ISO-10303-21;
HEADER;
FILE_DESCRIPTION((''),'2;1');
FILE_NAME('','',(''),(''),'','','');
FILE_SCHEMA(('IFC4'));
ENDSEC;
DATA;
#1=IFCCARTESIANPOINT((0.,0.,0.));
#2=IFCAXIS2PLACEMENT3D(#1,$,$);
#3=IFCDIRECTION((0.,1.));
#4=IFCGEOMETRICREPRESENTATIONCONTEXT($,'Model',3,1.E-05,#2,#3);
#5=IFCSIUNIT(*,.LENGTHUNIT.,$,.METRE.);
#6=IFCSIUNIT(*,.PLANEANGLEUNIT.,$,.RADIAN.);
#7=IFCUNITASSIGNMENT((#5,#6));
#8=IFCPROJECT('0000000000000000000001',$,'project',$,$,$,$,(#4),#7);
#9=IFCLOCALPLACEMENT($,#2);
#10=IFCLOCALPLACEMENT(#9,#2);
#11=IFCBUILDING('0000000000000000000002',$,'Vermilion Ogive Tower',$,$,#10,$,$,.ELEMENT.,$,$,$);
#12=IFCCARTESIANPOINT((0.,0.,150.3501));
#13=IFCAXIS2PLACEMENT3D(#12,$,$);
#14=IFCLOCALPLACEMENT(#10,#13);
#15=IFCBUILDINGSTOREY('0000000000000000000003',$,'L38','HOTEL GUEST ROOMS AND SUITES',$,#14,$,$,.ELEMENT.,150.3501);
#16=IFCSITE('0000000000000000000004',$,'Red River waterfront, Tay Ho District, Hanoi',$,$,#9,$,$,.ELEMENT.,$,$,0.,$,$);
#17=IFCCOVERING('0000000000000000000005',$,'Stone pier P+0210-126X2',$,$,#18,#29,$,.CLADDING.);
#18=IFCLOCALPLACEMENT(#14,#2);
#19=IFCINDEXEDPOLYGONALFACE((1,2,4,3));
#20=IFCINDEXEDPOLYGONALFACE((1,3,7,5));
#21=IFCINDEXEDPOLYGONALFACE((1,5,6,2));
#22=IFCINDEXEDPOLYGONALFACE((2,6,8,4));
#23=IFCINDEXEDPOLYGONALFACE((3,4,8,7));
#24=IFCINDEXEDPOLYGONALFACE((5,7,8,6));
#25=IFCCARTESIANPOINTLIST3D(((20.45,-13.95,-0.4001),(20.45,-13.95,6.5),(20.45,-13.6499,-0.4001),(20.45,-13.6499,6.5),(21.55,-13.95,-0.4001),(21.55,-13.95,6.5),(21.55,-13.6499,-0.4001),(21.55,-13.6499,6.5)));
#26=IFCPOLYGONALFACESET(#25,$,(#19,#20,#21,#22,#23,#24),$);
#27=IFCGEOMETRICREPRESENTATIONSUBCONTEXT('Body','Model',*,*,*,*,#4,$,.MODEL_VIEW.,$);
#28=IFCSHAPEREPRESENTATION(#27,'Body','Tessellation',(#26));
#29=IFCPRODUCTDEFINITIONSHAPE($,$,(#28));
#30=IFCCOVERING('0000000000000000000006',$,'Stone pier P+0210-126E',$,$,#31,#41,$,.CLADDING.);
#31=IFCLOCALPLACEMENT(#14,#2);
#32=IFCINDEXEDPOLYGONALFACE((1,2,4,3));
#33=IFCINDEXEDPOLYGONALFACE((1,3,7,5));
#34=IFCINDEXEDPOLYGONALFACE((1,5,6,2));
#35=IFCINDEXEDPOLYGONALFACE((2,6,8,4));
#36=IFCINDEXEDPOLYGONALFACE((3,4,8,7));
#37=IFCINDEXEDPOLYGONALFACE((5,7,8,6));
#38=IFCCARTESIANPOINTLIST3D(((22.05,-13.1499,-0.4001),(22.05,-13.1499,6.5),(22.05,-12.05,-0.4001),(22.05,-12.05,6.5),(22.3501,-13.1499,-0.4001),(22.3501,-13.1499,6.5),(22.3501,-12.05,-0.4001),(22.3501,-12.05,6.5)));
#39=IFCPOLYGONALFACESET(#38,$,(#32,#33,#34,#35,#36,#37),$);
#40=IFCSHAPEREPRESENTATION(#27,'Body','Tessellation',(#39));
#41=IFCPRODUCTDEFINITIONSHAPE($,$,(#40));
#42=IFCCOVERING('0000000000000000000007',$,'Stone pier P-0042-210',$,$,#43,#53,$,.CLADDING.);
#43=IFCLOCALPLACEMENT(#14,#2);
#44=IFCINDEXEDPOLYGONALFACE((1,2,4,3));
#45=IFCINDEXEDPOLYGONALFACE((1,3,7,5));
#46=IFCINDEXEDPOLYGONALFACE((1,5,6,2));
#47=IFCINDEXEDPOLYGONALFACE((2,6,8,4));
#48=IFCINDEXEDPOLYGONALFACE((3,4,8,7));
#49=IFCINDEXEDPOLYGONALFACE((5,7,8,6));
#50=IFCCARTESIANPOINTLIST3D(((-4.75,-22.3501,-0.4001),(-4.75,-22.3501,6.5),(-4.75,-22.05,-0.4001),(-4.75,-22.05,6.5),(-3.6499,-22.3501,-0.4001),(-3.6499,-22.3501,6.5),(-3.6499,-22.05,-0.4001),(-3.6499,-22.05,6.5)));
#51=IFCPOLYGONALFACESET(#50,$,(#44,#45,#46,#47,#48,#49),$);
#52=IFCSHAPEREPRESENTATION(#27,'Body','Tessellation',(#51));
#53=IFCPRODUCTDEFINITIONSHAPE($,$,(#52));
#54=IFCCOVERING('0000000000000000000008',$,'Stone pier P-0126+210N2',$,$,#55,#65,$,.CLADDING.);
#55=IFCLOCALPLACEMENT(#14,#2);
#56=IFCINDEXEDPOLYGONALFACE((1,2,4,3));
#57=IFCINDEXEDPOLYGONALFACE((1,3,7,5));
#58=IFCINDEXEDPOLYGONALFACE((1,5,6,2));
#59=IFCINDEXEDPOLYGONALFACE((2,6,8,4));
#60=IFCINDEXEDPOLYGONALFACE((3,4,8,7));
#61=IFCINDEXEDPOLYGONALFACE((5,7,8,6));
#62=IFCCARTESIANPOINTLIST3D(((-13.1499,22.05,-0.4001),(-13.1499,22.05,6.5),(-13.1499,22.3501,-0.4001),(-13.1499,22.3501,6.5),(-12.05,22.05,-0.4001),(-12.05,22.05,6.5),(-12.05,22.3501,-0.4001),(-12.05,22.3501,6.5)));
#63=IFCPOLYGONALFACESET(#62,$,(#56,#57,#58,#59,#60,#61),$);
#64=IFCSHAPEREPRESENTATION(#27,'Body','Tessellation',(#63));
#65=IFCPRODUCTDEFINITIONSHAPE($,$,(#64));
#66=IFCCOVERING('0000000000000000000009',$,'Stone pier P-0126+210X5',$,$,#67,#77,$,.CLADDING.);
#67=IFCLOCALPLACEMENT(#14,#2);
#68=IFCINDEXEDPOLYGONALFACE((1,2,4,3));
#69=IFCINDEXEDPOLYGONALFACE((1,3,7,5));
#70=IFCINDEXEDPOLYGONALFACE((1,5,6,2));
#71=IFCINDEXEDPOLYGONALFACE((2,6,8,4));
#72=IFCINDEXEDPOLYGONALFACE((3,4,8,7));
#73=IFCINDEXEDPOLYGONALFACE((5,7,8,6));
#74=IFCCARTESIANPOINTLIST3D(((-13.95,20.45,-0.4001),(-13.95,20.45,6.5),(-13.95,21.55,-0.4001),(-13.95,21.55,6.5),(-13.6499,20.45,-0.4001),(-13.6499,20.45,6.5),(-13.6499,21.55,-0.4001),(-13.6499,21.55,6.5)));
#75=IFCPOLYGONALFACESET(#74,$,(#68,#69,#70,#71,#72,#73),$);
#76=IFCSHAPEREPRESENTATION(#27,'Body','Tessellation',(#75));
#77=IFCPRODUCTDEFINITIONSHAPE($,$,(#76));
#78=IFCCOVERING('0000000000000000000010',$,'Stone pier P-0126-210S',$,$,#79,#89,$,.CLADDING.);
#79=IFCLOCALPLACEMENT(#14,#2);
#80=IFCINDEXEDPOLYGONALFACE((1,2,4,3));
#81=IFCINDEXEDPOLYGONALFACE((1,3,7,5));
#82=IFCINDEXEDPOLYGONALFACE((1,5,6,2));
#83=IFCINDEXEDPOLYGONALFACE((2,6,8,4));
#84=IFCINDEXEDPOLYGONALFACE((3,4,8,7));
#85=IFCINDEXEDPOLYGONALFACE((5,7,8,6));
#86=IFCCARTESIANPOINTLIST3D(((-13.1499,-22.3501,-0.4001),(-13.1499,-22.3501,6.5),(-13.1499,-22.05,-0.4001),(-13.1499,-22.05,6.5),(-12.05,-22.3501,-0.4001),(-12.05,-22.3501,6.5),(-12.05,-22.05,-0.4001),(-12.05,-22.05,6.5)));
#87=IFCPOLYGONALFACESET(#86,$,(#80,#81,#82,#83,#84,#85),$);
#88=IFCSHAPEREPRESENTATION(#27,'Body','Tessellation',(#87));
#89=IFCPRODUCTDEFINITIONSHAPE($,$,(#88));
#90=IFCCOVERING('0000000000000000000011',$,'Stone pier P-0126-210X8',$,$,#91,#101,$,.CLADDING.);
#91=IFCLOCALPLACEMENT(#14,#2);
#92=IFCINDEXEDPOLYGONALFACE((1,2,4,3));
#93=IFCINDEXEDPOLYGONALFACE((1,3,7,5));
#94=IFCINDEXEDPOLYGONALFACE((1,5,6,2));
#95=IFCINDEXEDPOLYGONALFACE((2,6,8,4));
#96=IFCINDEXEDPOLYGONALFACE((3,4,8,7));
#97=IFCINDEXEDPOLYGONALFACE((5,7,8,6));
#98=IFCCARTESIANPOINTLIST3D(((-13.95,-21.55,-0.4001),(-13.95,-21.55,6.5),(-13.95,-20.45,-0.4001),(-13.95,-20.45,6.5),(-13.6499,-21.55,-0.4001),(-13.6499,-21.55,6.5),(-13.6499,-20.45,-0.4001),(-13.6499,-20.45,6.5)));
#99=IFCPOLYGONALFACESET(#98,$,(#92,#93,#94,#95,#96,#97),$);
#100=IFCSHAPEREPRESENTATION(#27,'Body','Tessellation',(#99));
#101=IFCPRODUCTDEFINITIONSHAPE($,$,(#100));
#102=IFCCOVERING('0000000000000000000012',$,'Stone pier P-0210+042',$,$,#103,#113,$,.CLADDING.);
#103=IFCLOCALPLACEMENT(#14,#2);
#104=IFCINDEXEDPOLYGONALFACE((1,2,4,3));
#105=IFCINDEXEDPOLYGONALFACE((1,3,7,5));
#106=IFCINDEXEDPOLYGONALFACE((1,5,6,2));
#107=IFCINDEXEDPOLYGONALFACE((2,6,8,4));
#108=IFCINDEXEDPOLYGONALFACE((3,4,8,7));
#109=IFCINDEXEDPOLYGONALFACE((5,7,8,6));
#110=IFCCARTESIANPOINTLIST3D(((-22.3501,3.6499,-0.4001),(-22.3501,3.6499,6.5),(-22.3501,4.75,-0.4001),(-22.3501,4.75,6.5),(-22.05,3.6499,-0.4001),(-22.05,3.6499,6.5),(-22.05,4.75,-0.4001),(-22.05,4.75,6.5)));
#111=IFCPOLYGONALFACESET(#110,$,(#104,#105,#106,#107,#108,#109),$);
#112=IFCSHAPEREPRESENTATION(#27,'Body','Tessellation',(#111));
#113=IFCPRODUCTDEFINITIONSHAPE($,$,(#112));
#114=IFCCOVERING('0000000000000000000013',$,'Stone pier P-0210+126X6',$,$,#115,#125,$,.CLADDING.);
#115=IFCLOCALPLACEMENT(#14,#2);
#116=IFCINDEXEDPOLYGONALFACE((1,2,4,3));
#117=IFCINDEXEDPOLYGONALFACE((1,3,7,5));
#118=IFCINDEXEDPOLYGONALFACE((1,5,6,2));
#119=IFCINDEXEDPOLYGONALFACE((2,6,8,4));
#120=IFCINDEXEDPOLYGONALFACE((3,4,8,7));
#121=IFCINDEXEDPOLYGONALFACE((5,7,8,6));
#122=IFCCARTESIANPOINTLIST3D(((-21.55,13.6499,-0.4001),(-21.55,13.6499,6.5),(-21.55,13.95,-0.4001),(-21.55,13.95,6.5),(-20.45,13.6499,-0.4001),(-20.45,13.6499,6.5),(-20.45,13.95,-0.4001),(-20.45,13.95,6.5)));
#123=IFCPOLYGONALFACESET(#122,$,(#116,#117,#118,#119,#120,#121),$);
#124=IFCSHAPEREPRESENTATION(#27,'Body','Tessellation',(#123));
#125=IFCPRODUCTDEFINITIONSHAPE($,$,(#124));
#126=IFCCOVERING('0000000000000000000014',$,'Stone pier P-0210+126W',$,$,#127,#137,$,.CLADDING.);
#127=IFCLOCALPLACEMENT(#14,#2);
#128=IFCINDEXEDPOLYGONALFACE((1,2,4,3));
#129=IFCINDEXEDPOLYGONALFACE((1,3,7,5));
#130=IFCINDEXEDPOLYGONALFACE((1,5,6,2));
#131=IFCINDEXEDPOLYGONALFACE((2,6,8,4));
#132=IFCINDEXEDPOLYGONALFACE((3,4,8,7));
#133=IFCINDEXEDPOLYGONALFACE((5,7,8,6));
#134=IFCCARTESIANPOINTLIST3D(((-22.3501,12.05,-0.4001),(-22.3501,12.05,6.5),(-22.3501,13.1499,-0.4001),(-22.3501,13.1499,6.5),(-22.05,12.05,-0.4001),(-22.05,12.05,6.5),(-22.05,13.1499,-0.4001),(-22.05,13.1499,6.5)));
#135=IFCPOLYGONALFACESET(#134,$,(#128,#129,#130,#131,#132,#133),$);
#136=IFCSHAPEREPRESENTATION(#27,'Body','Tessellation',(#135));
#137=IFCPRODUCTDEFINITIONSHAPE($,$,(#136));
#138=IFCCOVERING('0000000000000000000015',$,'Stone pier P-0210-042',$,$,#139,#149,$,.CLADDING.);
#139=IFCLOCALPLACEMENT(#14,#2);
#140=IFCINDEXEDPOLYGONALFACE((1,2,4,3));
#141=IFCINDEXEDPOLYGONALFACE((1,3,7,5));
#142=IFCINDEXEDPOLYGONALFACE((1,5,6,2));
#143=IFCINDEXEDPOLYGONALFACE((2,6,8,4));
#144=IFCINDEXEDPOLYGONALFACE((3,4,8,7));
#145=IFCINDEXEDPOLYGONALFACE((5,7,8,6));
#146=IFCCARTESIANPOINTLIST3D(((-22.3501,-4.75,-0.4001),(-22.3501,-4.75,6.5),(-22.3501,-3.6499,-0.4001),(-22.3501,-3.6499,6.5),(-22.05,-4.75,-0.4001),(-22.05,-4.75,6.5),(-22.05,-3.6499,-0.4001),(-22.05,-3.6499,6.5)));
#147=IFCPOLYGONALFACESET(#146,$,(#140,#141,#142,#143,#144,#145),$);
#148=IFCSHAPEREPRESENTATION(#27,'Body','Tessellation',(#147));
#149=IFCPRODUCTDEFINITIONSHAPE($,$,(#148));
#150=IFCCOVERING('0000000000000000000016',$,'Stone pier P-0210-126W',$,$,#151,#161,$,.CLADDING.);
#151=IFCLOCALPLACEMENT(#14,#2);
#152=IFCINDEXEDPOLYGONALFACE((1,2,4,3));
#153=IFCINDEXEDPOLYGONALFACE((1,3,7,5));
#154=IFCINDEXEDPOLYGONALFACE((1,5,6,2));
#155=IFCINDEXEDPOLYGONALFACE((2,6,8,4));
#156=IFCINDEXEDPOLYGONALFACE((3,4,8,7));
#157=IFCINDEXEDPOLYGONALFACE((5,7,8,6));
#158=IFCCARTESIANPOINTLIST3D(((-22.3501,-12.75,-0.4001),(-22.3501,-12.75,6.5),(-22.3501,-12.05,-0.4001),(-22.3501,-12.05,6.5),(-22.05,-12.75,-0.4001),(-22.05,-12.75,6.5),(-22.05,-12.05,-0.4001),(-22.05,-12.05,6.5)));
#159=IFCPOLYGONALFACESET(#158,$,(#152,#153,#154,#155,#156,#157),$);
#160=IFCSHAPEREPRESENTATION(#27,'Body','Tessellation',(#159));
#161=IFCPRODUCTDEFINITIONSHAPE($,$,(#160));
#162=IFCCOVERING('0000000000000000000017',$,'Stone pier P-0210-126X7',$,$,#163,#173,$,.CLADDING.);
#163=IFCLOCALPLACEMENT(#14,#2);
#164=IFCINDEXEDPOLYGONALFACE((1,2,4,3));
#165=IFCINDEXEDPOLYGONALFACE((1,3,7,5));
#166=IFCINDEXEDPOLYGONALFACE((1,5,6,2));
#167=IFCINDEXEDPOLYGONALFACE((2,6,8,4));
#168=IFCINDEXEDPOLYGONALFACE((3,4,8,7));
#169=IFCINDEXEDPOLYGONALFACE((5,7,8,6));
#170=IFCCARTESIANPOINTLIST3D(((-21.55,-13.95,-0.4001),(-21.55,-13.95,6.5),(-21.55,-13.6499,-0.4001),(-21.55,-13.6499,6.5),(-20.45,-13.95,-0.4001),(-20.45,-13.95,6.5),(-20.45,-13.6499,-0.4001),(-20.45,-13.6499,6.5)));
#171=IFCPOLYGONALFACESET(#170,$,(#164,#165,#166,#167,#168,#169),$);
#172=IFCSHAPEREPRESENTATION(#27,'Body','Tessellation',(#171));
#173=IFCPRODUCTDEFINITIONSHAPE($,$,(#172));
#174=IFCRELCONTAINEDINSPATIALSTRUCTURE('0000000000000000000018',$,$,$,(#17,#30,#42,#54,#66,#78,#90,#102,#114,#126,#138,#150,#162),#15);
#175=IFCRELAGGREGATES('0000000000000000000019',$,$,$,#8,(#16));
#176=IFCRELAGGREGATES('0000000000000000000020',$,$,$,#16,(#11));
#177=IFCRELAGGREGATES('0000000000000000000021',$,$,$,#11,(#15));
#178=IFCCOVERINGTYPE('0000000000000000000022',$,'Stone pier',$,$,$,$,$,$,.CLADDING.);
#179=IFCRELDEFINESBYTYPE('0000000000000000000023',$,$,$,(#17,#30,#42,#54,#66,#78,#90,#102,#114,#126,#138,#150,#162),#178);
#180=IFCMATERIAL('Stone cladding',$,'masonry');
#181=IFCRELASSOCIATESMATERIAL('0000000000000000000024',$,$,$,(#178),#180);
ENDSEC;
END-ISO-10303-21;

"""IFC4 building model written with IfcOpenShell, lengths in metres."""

from ifc_helpers import new_model, si_unit, direction, frame, origin, place, context, subcontext, project, spatial, polyline, outline, extrude, material, type_object, element, save


model = new_model("IFC4")

# Units and contexts
model_context = context("Model", 3, precision=1e-05, world=origin(), true_north=direction((0.0, 1.0)))
body_context = subcontext(model_context, "Body", "Model", "MODEL_VIEW")
ifc_project = project(units=[si_unit("LENGTHUNIT", "METRE"), si_unit("PLANEANGLEUNIT", "RADIAN")], contexts=[model_context])

# Site, building, storey
site_placement = place(None, origin())
site = spatial("IfcSite", under=ifc_project, at=site_placement, Name="Red River waterfront, Tay Ho District, Hanoi", CompositionType="ELEMENT", RefElevation=0.0)
building_placement = place(site_placement, origin())
building = spatial("IfcBuilding", under=site, at=building_placement, Name="Vermilion Ogive Tower", CompositionType="ELEMENT")
storey_placement = place(building_placement, frame((0.0, 0.0, 150.3501)))
storey = spatial("IfcBuildingStorey", under=building, at=storey_placement, Name="L38", Description="HOTEL GUEST ROOMS AND SUITES", CompositionType="ELEMENT", Elevation=150.3501)

# Coverings
ifc_material_1 = material(Name="Stone cladding", Category="masonry")
covering_type = type_object("IfcCoveringType", Name="Stone pier", PredefinedType="CLADDING", material=ifc_material_1)
covering_1_placement = place(storey_placement, frame((0.0, 0.0, -0.4001)))
element("IfcCovering", 1, at=covering_1_placement, inside=storey, type_object=covering_type, Name="Stone pier P+0210-126X2", PredefinedType="CLADDING", context=body_context, shape_type="SweptSolid", body=[
    extrude(outline(polyline([(21.55, -13.95), (20.45, -13.95), (20.45, -13.6499), (21.55, -13.6499), (21.55, -13.95)])), origin(), (0.0, 0.0, 1.0), 6.9001),
])
covering_2_placement = place(storey_placement, frame((0.0, 0.0, -0.4001)))
element("IfcCovering", 2, at=covering_2_placement, inside=storey, type_object=covering_type, Name="Stone pier P+0210-126E", PredefinedType="CLADDING", context=body_context, shape_type="SweptSolid", body=[
    extrude(outline(polyline([(22.3501, -13.1499), (22.05, -13.1499), (22.05, -12.05), (22.3501, -12.05), (22.3501, -13.1499)])), origin(), (0.0, 0.0, 1.0), 6.9001),
])
covering_3_placement = place(storey_placement, frame((0.0, 0.0, -0.4001)))
element("IfcCovering", 3, at=covering_3_placement, inside=storey, type_object=covering_type, Name="Stone pier P-0042-210", PredefinedType="CLADDING", context=body_context, shape_type="SweptSolid", body=[
    extrude(outline(polyline([(-3.6499, -22.3501), (-4.75, -22.3501), (-4.75, -22.05), (-3.6499, -22.05), (-3.6499, -22.3501)])), origin(), (0.0, 0.0, 1.0), 6.9001),
])
covering_4_placement = place(storey_placement, frame((0.0, 0.0, -0.4001)))
element("IfcCovering", 4, at=covering_4_placement, inside=storey, type_object=covering_type, Name="Stone pier P-0126+210N2", PredefinedType="CLADDING", context=body_context, shape_type="SweptSolid", body=[
    extrude(outline(polyline([(-13.1499, 22.3501), (-12.05, 22.3501), (-12.05, 22.05), (-13.1499, 22.05), (-13.1499, 22.3501)])), origin(), (0.0, 0.0, 1.0), 6.9001),
])
covering_5_placement = place(storey_placement, frame((0.0, 0.0, -0.4001)))
element("IfcCovering", 5, at=covering_5_placement, inside=storey, type_object=covering_type, Name="Stone pier P-0126+210X5", PredefinedType="CLADDING", context=body_context, shape_type="SweptSolid", body=[
    extrude(outline(polyline([(-13.95, 21.55), (-13.6499, 21.55), (-13.6499, 20.45), (-13.95, 20.45), (-13.95, 21.55)])), origin(), (0.0, 0.0, 1.0), 6.9001),
])
covering_6_placement = place(storey_placement, frame((0.0, 0.0, -0.4001)))
element("IfcCovering", 6, at=covering_6_placement, inside=storey, type_object=covering_type, Name="Stone pier P-0126-210S", PredefinedType="CLADDING", context=body_context, shape_type="SweptSolid", body=[
    extrude(outline(polyline([(-12.05, -22.3501), (-13.1499, -22.3501), (-13.1499, -22.05), (-12.05, -22.05), (-12.05, -22.3501)])), origin(), (0.0, 0.0, 1.0), 6.9001),
])
covering_7_placement = place(storey_placement, frame((0.0, 0.0, -0.4001)))
element("IfcCovering", 7, at=covering_7_placement, inside=storey, type_object=covering_type, Name="Stone pier P-0126-210X8", PredefinedType="CLADDING", context=body_context, shape_type="SweptSolid", body=[
    extrude(outline(polyline([(-13.95, -20.45), (-13.6499, -20.45), (-13.6499, -21.55), (-13.95, -21.55), (-13.95, -20.45)])), origin(), (0.0, 0.0, 1.0), 6.9001),
])
covering_8_placement = place(storey_placement, frame((0.0, 0.0, -0.4001)))
element("IfcCovering", 8, at=covering_8_placement, inside=storey, type_object=covering_type, Name="Stone pier P-0210+042", PredefinedType="CLADDING", context=body_context, shape_type="SweptSolid", body=[
    extrude(outline(polyline([(-22.3501, 3.6499), (-22.3501, 4.75), (-22.05, 4.75), (-22.05, 3.6499), (-22.3501, 3.6499)])), origin(), (0.0, 0.0, 1.0), 6.9001),
])
covering_9_placement = place(storey_placement, frame((0.0, 0.0, -0.4001)))
element("IfcCovering", 9, at=covering_9_placement, inside=storey, type_object=covering_type, Name="Stone pier P-0210+126X6", PredefinedType="CLADDING", context=body_context, shape_type="SweptSolid", body=[
    extrude(outline(polyline([(-21.55, 13.95), (-20.45, 13.95), (-20.45, 13.6499), (-21.55, 13.6499), (-21.55, 13.95)])), origin(), (0.0, 0.0, 1.0), 6.9001),
])
covering_10_placement = place(storey_placement, frame((0.0, 0.0, -0.4001)))
element("IfcCovering", 10, at=covering_10_placement, inside=storey, type_object=covering_type, Name="Stone pier P-0210+126W", PredefinedType="CLADDING", context=body_context, shape_type="SweptSolid", body=[
    extrude(outline(polyline([(-22.3501, 13.1499), (-22.05, 13.1499), (-22.05, 12.05), (-22.3501, 12.05), (-22.3501, 13.1499)])), origin(), (0.0, 0.0, 1.0), 6.9001),
])
covering_11_placement = place(storey_placement, frame((0.0, 0.0, -0.4001)))
element("IfcCovering", 11, at=covering_11_placement, inside=storey, type_object=covering_type, Name="Stone pier P-0210-042", PredefinedType="CLADDING", context=body_context, shape_type="SweptSolid", body=[
    extrude(outline(polyline([(-22.3501, -4.75), (-22.3501, -3.6499), (-22.05, -3.6499), (-22.05, -4.75), (-22.3501, -4.75)])), origin(), (0.0, 0.0, 1.0), 6.9001),
])
covering_12_placement = place(storey_placement, frame((0.0, 0.0, -0.4001)))
element("IfcCovering", 12, at=covering_12_placement, inside=storey, type_object=covering_type, Name="Stone pier P-0210-126W", PredefinedType="CLADDING", context=body_context, shape_type="SweptSolid", body=[
    extrude(outline(polyline([(-22.3501, -12.05), (-22.05, -12.05), (-22.05, -12.75), (-22.3501, -12.75), (-22.3501, -12.05)])), origin(), (0.0, 0.0, 1.0), 6.9001),
])
covering_13_placement = place(storey_placement, frame((0.0, 0.0, -0.4001)))
element("IfcCovering", 13, at=covering_13_placement, inside=storey, type_object=covering_type, Name="Stone pier P-0210-126X7", PredefinedType="CLADDING", context=body_context, shape_type="SweptSolid", body=[
    extrude(outline(polyline([(-21.55, -13.95), (-21.55, -13.6499), (-20.45, -13.6499), (-20.45, -13.95), (-21.55, -13.95)])), origin(), (0.0, 0.0, 1.0), 6.9001),
])

save(model, "model.ifc")
